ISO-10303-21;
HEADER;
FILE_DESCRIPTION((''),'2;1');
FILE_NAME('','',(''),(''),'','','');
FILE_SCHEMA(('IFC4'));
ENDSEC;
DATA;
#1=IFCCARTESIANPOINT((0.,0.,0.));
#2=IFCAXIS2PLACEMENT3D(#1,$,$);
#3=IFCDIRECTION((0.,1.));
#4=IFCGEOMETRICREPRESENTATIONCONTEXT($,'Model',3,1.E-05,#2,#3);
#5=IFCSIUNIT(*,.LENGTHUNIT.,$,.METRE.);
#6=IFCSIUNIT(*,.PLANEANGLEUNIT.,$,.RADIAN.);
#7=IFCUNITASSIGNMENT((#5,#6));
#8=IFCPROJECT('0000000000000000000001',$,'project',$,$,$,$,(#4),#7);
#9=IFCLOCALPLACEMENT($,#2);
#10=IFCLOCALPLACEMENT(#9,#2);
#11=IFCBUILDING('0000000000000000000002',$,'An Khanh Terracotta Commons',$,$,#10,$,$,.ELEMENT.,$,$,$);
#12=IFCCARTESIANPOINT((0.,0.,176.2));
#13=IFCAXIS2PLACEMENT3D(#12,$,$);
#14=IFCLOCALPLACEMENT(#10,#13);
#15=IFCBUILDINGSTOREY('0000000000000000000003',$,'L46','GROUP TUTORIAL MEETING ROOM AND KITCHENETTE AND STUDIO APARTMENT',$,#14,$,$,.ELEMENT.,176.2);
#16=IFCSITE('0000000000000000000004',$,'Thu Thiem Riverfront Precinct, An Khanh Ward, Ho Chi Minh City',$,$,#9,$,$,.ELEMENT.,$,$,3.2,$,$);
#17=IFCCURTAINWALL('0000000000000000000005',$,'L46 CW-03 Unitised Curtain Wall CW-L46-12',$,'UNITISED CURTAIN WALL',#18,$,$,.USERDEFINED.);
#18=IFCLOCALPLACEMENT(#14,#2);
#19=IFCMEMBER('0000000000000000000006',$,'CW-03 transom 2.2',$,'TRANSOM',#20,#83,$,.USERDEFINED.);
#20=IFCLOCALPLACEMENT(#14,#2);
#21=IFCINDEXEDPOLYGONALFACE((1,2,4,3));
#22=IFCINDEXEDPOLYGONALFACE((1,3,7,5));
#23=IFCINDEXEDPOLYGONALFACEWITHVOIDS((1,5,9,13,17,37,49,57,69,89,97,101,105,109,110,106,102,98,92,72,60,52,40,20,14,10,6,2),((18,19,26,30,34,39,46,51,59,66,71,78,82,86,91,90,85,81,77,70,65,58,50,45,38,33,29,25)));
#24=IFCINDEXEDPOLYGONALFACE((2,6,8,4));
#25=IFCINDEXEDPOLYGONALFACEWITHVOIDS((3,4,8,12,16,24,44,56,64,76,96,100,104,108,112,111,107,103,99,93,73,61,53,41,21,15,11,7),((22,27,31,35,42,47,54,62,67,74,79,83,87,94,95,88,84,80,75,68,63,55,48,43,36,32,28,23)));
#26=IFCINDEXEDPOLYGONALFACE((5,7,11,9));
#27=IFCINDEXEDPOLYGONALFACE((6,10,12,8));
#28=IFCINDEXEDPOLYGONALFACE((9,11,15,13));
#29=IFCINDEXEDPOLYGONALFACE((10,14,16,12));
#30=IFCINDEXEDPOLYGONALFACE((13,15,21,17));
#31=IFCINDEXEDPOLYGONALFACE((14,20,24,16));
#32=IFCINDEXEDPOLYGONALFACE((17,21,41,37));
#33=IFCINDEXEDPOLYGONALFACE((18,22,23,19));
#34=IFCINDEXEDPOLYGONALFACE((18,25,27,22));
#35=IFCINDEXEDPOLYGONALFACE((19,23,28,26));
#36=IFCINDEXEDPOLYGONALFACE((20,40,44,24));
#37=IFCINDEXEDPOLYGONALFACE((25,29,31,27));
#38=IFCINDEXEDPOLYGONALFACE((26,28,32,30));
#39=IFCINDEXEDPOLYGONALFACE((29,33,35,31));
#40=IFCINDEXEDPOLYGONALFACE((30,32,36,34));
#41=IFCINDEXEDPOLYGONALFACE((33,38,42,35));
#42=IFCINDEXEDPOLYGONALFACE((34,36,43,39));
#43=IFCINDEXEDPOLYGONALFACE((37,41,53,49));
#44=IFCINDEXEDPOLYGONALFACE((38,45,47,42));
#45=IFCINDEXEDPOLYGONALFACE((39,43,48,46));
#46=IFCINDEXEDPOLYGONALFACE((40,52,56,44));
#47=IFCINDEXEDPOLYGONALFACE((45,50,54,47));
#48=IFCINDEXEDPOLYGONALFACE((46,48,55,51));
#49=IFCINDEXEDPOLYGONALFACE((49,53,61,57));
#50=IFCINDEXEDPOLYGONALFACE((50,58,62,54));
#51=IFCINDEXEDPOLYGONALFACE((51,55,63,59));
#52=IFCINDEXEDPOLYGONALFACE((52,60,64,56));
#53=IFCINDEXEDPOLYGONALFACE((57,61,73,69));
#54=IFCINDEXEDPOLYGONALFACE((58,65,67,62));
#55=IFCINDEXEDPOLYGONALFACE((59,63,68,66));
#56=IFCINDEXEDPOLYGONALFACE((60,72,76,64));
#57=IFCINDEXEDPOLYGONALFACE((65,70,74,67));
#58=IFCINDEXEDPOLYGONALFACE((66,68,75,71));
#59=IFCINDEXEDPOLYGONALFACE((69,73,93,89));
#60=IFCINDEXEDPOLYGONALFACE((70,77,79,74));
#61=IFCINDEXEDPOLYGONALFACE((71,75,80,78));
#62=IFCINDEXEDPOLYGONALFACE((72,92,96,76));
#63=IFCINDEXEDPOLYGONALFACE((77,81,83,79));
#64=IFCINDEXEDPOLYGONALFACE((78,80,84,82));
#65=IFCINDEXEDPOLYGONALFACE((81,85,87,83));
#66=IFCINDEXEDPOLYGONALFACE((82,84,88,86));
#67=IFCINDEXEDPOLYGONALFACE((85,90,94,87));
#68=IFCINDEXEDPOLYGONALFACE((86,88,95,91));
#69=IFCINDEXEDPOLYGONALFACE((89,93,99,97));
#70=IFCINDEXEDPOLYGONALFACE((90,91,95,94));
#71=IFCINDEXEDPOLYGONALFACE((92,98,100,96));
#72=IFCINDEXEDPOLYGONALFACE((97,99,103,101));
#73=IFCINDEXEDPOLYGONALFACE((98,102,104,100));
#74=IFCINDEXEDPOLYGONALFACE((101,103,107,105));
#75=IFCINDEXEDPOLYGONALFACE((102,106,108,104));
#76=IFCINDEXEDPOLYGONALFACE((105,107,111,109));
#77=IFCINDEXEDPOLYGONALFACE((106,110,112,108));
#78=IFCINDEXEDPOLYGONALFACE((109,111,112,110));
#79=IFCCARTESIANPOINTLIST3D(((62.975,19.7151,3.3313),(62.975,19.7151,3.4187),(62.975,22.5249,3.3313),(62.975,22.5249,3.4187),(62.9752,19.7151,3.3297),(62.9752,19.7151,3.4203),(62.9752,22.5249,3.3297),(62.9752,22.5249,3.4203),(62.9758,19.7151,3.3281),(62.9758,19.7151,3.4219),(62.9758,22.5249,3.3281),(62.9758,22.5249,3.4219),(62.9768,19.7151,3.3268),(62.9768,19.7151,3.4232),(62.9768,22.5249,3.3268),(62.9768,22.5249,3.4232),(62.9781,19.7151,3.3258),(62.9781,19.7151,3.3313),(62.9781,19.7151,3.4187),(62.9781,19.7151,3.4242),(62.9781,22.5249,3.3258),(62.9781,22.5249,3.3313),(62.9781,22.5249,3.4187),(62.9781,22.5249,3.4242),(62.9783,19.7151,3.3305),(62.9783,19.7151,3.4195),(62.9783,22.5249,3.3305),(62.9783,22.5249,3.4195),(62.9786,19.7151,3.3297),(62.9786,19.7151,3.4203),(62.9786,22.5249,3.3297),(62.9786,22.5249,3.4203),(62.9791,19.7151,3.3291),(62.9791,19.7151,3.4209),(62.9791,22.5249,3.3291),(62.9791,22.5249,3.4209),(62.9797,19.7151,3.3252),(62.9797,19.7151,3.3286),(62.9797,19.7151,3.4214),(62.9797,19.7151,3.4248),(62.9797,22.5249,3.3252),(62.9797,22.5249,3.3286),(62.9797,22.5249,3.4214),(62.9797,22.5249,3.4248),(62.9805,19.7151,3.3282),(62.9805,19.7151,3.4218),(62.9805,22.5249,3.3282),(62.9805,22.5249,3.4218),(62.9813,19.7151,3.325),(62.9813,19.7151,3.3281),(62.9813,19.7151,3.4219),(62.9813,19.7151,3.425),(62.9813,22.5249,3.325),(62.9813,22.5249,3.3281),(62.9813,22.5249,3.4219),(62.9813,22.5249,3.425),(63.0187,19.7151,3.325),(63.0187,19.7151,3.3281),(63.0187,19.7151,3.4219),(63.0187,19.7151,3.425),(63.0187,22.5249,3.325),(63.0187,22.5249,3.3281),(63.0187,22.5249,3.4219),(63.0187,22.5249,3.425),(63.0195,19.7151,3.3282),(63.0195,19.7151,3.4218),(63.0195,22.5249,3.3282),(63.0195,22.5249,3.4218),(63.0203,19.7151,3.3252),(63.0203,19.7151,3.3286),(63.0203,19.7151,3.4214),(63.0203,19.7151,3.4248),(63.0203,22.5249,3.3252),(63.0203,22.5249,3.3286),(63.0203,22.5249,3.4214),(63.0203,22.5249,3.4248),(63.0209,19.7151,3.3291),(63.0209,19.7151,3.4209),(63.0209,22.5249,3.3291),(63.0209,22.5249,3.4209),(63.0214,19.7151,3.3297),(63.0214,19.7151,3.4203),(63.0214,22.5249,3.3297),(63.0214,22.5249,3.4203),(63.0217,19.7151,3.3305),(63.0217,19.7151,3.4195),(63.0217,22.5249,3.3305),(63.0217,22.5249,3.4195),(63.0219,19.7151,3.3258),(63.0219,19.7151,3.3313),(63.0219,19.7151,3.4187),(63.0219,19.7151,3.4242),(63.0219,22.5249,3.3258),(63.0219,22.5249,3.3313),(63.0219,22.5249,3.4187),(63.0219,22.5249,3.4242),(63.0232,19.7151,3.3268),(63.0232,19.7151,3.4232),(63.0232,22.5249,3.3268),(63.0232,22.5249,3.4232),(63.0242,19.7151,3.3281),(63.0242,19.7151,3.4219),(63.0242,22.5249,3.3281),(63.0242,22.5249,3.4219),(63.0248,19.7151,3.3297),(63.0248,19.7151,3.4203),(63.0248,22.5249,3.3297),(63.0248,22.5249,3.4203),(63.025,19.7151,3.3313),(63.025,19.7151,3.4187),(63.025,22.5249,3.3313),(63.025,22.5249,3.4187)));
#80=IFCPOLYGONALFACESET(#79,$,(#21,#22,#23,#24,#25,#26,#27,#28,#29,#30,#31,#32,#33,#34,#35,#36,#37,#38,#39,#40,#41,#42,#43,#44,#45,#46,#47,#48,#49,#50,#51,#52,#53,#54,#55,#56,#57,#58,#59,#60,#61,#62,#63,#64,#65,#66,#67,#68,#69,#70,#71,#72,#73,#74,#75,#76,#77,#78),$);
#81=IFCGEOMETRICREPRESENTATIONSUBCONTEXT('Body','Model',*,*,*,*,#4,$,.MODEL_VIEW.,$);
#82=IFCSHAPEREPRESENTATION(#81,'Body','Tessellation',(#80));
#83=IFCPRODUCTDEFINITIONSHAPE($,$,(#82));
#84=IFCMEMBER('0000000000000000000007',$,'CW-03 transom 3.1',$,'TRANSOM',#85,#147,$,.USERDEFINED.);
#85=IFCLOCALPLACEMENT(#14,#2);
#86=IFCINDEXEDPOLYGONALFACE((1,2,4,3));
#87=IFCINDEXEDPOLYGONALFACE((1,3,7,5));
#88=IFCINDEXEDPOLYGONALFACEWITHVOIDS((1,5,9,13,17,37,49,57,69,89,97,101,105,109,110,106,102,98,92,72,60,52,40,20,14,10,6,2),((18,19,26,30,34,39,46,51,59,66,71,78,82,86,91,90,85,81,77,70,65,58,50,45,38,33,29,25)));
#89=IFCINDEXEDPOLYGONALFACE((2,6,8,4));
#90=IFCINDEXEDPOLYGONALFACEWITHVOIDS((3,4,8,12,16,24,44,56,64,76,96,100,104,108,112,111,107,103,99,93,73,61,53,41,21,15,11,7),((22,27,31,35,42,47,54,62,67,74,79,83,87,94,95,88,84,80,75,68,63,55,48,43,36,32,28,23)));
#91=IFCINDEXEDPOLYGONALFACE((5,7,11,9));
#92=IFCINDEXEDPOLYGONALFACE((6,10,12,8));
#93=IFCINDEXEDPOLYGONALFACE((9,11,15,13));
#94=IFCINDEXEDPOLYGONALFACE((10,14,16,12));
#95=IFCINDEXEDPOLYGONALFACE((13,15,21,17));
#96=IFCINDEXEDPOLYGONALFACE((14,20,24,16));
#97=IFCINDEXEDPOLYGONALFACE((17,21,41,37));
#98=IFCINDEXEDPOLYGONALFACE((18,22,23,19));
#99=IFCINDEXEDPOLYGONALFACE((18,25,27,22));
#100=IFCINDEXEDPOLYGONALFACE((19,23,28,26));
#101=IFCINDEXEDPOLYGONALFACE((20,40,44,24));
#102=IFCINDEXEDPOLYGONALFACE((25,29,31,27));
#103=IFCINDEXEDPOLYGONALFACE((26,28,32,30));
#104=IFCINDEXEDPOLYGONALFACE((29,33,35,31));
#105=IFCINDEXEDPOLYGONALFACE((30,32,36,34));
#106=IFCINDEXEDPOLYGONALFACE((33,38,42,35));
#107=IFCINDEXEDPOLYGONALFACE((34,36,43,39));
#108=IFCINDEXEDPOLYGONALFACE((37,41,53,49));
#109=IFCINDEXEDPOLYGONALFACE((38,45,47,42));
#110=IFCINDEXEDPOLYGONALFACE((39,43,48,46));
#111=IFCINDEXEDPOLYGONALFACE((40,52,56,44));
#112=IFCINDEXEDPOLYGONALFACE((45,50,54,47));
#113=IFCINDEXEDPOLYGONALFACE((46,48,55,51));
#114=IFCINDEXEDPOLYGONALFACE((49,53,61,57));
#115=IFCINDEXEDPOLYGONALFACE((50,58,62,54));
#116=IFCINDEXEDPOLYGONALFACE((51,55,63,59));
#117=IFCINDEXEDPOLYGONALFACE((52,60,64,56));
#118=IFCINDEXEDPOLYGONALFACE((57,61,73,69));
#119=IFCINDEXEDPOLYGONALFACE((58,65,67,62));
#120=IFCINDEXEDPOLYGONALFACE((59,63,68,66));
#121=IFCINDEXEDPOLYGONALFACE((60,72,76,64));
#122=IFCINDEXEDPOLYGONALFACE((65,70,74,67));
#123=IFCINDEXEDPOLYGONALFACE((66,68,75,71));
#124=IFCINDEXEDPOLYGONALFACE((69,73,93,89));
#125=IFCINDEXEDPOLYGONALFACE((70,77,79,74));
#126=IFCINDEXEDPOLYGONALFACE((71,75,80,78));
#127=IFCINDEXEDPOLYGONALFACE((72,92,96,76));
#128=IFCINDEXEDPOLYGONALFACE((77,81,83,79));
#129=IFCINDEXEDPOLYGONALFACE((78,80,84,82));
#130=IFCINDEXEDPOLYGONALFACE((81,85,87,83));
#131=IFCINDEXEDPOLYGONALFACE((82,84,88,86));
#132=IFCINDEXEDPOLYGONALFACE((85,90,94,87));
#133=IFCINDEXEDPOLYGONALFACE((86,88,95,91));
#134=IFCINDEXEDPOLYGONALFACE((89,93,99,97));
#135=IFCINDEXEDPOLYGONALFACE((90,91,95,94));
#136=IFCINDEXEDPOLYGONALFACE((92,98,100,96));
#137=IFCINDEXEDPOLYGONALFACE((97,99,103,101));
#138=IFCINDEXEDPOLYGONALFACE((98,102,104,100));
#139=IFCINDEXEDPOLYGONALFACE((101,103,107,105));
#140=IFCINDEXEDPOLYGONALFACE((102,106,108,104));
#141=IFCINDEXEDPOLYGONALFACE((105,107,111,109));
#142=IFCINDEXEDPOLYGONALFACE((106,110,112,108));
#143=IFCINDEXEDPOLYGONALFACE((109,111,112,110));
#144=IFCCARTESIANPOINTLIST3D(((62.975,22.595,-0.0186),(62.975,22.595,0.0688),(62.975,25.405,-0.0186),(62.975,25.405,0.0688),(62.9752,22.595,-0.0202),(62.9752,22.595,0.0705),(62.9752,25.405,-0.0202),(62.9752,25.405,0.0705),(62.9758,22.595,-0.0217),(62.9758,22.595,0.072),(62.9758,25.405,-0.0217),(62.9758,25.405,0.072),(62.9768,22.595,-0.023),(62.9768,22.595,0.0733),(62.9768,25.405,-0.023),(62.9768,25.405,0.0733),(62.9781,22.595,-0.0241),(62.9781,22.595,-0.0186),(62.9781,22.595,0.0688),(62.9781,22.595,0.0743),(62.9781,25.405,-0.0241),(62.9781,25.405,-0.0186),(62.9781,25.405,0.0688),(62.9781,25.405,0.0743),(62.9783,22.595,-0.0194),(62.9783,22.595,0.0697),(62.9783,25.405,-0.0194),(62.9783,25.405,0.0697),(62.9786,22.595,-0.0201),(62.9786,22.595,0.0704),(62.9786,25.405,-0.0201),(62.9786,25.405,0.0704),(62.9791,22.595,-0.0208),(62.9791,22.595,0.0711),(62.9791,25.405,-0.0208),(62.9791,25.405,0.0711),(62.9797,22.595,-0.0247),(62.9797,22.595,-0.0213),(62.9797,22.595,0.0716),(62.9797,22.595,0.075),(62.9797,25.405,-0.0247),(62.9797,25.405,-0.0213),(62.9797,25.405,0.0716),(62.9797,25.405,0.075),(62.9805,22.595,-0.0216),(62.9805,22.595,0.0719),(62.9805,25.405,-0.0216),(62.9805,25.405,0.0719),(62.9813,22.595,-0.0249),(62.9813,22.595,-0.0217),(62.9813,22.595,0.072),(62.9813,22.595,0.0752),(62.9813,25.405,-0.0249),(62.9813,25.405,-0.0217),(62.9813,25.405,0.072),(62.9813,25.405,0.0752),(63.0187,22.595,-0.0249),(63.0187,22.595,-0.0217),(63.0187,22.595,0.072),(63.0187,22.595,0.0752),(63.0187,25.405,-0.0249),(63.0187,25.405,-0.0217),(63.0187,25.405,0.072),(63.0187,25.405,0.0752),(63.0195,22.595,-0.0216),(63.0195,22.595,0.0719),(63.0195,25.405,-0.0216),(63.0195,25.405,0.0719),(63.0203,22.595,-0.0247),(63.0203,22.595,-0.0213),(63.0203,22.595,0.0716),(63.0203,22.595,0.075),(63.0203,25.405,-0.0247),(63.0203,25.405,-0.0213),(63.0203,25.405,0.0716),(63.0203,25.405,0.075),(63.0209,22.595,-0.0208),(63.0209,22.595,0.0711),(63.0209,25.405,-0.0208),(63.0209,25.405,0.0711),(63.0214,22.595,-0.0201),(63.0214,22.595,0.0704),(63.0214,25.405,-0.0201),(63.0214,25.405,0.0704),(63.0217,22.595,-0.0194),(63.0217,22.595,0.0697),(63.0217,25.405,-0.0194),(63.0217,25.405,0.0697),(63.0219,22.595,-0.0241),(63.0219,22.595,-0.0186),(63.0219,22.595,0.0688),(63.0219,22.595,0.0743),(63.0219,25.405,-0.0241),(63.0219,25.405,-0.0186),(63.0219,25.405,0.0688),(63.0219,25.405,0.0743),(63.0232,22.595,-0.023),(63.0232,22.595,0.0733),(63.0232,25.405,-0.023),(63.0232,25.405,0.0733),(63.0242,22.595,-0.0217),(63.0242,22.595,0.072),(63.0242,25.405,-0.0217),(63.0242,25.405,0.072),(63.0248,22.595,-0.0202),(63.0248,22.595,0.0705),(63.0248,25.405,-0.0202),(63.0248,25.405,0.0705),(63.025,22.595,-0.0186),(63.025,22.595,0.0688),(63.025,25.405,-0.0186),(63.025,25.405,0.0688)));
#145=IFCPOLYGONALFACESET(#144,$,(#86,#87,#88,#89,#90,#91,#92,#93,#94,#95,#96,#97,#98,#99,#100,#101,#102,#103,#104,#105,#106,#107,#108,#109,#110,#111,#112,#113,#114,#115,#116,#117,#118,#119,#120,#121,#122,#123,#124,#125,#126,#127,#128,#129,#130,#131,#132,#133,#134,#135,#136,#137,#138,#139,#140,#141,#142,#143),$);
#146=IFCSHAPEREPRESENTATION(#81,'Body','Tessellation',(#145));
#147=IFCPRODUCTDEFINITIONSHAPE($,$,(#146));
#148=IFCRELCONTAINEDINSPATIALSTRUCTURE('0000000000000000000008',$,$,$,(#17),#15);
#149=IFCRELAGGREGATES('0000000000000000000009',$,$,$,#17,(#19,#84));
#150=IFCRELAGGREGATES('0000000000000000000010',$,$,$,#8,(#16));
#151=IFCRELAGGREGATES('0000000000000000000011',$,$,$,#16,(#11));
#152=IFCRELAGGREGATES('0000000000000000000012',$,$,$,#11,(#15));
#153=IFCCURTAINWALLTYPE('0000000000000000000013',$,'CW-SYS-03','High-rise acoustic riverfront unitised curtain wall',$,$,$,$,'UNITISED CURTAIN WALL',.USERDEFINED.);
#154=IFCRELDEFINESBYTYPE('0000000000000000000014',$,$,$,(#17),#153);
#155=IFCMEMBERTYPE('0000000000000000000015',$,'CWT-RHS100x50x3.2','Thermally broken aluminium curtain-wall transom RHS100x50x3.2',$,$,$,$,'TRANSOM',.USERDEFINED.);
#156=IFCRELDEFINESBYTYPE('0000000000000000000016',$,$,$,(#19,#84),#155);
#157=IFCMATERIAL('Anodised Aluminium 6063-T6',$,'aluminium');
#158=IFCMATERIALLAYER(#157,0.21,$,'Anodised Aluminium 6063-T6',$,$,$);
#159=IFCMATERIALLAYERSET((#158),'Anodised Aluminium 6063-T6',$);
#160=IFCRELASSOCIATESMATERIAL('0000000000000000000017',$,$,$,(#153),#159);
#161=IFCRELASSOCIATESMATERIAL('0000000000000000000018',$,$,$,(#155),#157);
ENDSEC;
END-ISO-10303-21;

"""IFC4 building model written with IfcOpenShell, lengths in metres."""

from ifc_helpers import new_model, si_unit, direction, frame, origin, origin_2d, place, context, subcontext, project, spatial, hollow_rectangle, extrude, material, layer, layer_set, material_profile, profile_set, type_object, element, aggregate, save


model = new_model("IFC4")

# Units and contexts
model_context = context("Model", 3, precision=1e-05, world=origin(), true_north=direction((0.0, 1.0)))
body_context = subcontext(model_context, "Body", "Model", "MODEL_VIEW")
ifc_project = project(units=[si_unit("LENGTHUNIT", "METRE"), si_unit("PLANEANGLEUNIT", "RADIAN")], contexts=[model_context])

# Site, building, storey
site_placement = place(None, origin())
site = spatial("IfcSite", under=ifc_project, at=site_placement, Name="Thu Thiem Riverfront Precinct, An Khanh Ward, Ho Chi Minh City", CompositionType="ELEMENT", RefElevation=3.2)
building_placement = place(site_placement, origin())
building = spatial("IfcBuilding", under=site, at=building_placement, Name="An Khanh Terracotta Commons", CompositionType="ELEMENT")
storey_placement = place(building_placement, frame((0.0, 0.0, 176.2)))
storey = spatial("IfcBuildingStorey", under=building, at=storey_placement, Name="L46", Description="GROUP TUTORIAL MEETING ROOM AND KITCHENETTE AND STUDIO APARTMENT", CompositionType="ELEMENT", Elevation=176.2)

# Curtain wall
ifc_material_1 = material(Name="Anodised Aluminium 6063-T6", Category="aluminium")
ifc_layer_1 = layer(ifc_material_1, 0.21, Name="Anodised Aluminium 6063-T6")
ifc_layer_set_1 = layer_set([ifc_layer_1], Name="Anodised Aluminium 6063-T6")
curtain_wall_type = type_object("IfcCurtainWallType", Name="CW-SYS-03", Description="High-rise acoustic riverfront unitised curtain wall", ElementType="UNITISED CURTAIN WALL", PredefinedType="USERDEFINED", material=ifc_layer_set_1)
curtain_wall_1_placement = place(storey_placement, origin())
curtain_wall_1 = element("IfcCurtainWall", 1, at=curtain_wall_1_placement, inside=storey, type_object=curtain_wall_type, Name="L46 CW-03 Unitised Curtain Wall CW-L46-12", ObjectType="UNITISED CURTAIN WALL", PredefinedType="USERDEFINED")

# Members
ifc_material_profile_1 = material_profile(ifc_material_1, hollow_rectangle(XDim=0.05, YDim=0.1001, WallThickness=0.0032, InnerFilletRadius=0.0032, OuterFilletRadius=0.0063, at=origin_2d()), Name="RHS100x50x3.2")
ifc_profile_set_1 = profile_set([ifc_material_profile_1], Name="Anodised Aluminium 6063-T6")
member_type_1 = type_object("IfcMemberType", Name="CWT-RHS100x50x3.2", Description="Thermally broken aluminium curtain-wall transom RHS100x50x3.2", ElementType="TRANSOM", PredefinedType="USERDEFINED", material=ifc_profile_set_1)
member_1_placement = place(storey_placement, frame((63.0, 19.7151, 3.375), z_axis=(0.0, 1.0, 0.0), x_axis=(-1.0, 0.0, 0.0)))
member_1 = element("IfcMember", 2, at=member_1_placement, type_object=member_type_1, Name="CW-03 transom 2.2", ObjectType="TRANSOM", PredefinedType="USERDEFINED", context=body_context, shape_type="SweptSolid", body=[
    extrude(hollow_rectangle(XDim=0.05, YDim=0.1001, WallThickness=0.0032, InnerFilletRadius=0.0032, OuterFilletRadius=0.0063, at=origin_2d()), origin(), (0.0, 0.0, 1.0), 2.8098),
])
member_2_placement = place(storey_placement, frame((63.0, 22.595, 0.0251), z_axis=(0.0, 1.0, 0.0), x_axis=(-1.0, 0.0, 0.0)))
member_2 = element("IfcMember", 3, at=member_2_placement, type_object=member_type_1, Name="CW-03 transom 3.1", ObjectType="TRANSOM", PredefinedType="USERDEFINED", context=body_context, shape_type="SweptSolid", body=[
    extrude(hollow_rectangle(XDim=0.05, YDim=0.1001, WallThickness=0.0032, InnerFilletRadius=0.0032, OuterFilletRadius=0.0063, at=origin_2d()), origin(), (0.0, 0.0, 1.0), 2.8101),
])

aggregate(curtain_wall_1, [member_1, member_2])

save(model, "model.ifc")
